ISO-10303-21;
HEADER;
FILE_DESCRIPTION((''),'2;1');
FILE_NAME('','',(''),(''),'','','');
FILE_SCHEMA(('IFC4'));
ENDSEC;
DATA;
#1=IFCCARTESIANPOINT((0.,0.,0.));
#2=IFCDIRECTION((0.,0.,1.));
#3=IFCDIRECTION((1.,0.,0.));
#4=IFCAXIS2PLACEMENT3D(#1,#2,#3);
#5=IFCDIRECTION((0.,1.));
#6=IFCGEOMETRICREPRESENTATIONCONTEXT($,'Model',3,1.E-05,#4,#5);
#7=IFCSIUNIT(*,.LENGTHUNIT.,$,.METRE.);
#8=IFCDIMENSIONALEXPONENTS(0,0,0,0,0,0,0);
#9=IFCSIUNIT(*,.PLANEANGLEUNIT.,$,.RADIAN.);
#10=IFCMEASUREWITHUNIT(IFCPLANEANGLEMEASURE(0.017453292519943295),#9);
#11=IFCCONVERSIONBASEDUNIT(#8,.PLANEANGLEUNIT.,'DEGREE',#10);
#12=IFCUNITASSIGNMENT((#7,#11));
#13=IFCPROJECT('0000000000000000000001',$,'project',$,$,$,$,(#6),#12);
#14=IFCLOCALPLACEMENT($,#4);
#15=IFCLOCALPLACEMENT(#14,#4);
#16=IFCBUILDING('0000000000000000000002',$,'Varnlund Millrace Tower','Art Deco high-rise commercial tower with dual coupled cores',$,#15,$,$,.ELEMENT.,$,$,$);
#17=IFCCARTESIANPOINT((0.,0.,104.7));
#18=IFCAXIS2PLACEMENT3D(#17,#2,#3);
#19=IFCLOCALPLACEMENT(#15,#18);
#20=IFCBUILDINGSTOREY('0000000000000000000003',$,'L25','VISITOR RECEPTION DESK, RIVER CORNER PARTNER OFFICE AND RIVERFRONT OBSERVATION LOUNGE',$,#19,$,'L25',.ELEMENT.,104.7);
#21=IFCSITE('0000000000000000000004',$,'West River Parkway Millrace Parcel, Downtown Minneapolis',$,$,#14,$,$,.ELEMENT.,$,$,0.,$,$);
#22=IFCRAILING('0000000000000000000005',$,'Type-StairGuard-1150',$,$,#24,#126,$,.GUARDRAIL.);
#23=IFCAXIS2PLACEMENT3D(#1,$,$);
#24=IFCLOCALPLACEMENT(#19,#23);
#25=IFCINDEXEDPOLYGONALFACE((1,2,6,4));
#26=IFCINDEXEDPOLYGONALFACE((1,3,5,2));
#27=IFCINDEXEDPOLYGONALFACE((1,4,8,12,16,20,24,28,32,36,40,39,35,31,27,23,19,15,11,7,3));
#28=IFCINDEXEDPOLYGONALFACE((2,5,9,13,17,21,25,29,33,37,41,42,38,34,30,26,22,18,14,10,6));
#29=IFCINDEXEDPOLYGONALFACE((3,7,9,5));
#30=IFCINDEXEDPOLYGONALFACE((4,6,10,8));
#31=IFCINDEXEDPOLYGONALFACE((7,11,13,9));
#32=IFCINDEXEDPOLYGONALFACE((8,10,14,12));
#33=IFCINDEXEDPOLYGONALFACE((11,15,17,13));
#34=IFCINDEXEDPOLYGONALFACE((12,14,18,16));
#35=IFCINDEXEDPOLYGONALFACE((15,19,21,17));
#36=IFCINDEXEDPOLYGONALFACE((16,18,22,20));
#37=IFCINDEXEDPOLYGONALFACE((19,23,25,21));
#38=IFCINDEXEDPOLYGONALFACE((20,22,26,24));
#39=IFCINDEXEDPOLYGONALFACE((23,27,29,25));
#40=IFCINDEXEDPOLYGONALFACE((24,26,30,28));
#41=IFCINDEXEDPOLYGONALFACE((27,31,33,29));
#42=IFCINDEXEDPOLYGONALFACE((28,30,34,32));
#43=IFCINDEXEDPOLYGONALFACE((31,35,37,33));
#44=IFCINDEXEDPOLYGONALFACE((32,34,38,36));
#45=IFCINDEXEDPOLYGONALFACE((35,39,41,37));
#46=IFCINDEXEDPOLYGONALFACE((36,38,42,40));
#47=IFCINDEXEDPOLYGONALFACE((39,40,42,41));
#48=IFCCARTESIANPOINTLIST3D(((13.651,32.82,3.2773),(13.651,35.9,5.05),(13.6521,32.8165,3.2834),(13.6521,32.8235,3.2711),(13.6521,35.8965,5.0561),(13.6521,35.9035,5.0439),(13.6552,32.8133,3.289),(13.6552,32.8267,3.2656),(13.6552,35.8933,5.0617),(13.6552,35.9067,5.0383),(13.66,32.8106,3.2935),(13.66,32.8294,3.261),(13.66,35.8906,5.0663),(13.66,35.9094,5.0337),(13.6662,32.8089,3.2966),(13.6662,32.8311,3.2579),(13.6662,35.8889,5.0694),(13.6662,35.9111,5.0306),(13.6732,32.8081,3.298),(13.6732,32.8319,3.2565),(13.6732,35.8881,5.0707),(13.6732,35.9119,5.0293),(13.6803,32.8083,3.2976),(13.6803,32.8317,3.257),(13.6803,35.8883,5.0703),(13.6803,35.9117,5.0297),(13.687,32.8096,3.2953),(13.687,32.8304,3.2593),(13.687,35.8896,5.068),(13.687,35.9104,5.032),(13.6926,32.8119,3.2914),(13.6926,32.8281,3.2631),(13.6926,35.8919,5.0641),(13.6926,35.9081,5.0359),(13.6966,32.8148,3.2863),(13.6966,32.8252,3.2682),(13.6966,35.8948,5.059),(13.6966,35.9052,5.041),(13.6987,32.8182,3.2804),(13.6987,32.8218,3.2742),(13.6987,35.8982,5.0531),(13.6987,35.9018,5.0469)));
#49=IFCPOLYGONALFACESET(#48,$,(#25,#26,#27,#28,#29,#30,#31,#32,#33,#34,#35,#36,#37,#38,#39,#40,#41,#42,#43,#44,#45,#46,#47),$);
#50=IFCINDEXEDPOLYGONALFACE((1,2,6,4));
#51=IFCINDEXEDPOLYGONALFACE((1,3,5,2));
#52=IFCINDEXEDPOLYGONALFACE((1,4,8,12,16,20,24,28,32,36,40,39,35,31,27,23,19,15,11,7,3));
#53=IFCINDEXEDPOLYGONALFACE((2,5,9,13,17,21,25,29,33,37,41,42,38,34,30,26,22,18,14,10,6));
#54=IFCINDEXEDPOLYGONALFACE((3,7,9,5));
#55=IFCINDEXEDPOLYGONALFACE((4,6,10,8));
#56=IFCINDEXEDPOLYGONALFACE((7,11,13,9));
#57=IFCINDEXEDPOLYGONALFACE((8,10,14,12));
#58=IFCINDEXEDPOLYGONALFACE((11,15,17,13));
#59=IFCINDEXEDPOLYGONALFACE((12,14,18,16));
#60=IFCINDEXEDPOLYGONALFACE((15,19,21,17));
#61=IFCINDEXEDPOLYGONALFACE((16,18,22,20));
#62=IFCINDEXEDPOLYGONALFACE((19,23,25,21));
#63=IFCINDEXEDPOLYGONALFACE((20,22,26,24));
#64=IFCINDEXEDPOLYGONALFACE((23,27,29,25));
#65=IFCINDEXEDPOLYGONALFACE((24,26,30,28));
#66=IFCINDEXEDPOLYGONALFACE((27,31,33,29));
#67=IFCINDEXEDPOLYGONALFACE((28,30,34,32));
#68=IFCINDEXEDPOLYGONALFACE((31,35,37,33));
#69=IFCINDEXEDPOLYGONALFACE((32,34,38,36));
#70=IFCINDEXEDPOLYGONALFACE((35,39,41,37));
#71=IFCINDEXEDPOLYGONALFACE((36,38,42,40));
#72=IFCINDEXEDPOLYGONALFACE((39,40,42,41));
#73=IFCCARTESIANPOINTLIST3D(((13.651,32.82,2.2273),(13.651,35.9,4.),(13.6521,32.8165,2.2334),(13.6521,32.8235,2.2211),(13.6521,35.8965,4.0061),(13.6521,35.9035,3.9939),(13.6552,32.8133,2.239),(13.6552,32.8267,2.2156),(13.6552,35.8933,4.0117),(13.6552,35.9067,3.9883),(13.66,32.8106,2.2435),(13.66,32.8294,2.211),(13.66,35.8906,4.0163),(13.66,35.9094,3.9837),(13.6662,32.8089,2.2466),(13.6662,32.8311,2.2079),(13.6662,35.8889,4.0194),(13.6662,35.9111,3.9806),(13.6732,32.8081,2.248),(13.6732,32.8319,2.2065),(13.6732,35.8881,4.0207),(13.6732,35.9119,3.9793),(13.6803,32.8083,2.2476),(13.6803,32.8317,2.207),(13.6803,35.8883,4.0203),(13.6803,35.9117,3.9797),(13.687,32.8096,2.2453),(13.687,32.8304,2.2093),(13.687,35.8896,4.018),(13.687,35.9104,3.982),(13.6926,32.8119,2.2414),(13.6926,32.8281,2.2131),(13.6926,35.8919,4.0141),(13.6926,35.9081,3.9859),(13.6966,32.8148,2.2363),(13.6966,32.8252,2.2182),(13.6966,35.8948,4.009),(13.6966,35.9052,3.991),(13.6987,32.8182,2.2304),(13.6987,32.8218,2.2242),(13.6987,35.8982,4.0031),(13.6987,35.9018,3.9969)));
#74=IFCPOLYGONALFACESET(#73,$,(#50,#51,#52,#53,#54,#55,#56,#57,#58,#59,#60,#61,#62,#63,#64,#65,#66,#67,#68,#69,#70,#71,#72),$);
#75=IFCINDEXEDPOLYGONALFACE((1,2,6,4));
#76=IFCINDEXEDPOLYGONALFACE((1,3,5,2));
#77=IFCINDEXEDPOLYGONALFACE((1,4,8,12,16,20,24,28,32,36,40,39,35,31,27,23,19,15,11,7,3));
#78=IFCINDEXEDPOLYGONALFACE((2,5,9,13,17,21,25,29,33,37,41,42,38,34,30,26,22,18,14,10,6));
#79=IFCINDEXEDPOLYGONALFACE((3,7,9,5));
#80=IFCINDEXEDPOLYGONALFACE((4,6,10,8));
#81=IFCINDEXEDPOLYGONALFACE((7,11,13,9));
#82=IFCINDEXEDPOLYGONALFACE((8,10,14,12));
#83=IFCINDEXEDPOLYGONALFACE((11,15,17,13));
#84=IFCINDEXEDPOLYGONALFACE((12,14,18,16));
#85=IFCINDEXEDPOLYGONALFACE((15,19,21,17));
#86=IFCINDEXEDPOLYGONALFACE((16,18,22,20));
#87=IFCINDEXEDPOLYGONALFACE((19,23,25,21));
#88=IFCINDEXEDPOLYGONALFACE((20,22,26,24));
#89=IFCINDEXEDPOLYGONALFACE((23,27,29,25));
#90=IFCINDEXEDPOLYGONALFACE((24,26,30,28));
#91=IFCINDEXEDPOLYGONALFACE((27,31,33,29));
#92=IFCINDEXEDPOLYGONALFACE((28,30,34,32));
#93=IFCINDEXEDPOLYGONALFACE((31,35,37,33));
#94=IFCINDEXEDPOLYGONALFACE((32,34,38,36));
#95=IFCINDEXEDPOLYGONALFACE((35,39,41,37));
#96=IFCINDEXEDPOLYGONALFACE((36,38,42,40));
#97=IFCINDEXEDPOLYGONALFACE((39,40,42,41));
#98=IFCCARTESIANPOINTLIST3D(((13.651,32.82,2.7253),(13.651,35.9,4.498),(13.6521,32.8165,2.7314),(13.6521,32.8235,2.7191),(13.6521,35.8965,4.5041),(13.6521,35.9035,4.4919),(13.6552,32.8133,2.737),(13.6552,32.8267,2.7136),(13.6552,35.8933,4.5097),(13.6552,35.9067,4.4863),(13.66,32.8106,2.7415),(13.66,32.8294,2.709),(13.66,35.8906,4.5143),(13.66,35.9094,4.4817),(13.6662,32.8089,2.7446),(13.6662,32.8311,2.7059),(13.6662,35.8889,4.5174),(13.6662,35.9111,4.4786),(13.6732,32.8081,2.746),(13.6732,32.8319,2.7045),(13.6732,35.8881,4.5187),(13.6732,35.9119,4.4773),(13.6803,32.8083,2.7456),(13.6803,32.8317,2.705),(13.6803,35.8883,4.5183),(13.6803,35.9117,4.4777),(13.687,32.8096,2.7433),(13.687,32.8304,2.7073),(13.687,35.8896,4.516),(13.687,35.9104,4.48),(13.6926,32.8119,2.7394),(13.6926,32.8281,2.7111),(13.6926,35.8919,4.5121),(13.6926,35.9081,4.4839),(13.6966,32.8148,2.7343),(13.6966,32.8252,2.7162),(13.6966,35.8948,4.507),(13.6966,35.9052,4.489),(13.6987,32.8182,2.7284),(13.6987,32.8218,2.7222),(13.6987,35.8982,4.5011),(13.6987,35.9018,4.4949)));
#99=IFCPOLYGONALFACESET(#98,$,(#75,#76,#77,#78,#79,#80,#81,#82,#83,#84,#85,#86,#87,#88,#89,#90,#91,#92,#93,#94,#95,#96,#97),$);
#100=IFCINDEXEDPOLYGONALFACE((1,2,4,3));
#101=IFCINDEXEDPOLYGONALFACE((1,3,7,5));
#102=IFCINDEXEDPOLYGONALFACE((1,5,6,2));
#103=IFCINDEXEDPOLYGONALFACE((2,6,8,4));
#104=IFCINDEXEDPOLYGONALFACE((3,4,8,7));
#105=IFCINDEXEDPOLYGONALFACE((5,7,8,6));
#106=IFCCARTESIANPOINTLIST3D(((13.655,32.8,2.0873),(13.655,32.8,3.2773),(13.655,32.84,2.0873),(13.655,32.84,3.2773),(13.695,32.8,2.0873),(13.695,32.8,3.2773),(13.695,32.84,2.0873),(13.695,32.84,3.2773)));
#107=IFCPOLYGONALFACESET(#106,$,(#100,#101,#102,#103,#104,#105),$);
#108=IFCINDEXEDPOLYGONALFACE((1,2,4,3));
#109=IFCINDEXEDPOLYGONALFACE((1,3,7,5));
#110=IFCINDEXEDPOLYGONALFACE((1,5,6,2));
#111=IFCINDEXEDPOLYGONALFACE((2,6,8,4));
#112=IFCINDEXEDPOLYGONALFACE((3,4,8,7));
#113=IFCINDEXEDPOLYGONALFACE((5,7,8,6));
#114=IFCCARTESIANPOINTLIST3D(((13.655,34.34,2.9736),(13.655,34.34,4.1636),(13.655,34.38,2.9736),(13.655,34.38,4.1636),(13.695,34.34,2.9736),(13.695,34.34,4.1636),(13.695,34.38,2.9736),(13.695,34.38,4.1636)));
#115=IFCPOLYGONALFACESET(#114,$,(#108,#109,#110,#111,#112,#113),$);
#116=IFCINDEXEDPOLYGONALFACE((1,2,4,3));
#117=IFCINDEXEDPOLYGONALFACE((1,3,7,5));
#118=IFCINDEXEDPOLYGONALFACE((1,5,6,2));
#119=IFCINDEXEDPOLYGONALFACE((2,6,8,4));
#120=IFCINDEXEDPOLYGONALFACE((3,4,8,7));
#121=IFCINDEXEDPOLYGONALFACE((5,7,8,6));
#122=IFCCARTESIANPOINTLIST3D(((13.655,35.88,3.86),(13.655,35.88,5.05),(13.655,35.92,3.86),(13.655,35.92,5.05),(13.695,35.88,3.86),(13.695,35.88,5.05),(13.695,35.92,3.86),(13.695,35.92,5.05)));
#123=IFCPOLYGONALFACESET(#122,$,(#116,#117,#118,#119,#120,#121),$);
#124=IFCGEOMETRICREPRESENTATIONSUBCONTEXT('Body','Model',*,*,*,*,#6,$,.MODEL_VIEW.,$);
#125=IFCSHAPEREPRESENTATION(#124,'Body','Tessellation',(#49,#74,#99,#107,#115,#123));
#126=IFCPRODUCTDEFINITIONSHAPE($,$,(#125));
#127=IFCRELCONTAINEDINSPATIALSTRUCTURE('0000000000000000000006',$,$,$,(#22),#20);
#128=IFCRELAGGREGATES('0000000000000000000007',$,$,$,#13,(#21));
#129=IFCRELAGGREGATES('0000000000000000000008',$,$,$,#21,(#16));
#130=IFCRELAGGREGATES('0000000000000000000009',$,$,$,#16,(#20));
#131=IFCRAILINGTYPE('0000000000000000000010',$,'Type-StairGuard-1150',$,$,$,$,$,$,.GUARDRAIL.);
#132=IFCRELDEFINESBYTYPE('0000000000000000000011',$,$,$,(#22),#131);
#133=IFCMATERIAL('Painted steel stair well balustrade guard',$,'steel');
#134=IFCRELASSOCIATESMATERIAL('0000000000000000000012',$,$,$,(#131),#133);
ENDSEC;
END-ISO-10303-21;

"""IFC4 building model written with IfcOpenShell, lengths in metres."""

from ifc_helpers import new_model, entity, si_unit, converted_unit, direction, frame, origin_with_axes, origin_2d_with_axis, place, context, subcontext, project, spatial, rectangle, circle, extrude, material, type_object, element, save


model = new_model("IFC4")

# Units and contexts
model_context = context("Model", 3, precision=1e-05, world=origin_with_axes(), true_north=direction((0.0, 1.0)))
body_context = subcontext(model_context, "Body", "Model", "MODEL_VIEW")
ifc_project = project(units=[si_unit("LENGTHUNIT", "METRE"), converted_unit("PLANEANGLEUNIT", "DEGREE", entity("IfcPlaneAngleMeasure", 0.017453292519943295), si_unit("PLANEANGLEUNIT", "RADIAN"), dimensions=[0, 0, 0, 0, 0, 0, 0])], contexts=[model_context])

# Site, building, storey
site_placement = place(None, origin_with_axes())
site = spatial("IfcSite", under=ifc_project, at=site_placement, Name="West River Parkway Millrace Parcel, Downtown Minneapolis", CompositionType="ELEMENT", RefElevation=0.0)
building_placement = place(site_placement, origin_with_axes())
building = spatial("IfcBuilding", under=site, at=building_placement, Name="Varnlund Millrace Tower", Description="Art Deco high-rise commercial tower with dual coupled cores", CompositionType="ELEMENT")
storey_placement = place(building_placement, frame((0.0, 0.0, 104.7), z_axis=(0.0, 0.0, 1.0), x_axis=(1.0, 0.0, 0.0)))
storey = spatial("IfcBuildingStorey", under=building, at=storey_placement, Name="L25", Description="VISITOR RECEPTION DESK, RIVER CORNER PARTNER OFFICE AND RIVERFRONT OBSERVATION LOUNGE", LongName="L25", CompositionType="ELEMENT", Elevation=104.7)

# Railing
ifc_material_1 = material(Name="Painted steel stair well balustrade guard", Category="steel")
railing_type_1 = type_object("IfcRailingType", Name="Type-StairGuard-1150", PredefinedType="GUARDRAIL", material=ifc_material_1)
railing_1_placement = place(storey_placement, frame((0.0, 0.0, -104.7), z_axis=(0.0, 0.0, 1.0), x_axis=(1.0, 0.0, 0.0)))
element("IfcRailing", 1, at=railing_1_placement, inside=storey, type_object=railing_type_1, Name="Type-StairGuard-1150", PredefinedType="GUARDRAIL", context=body_context, shape_type="SweptSolid", body=[
    extrude(circle(Radius=0.024, at=origin_2d_with_axis()), frame((13.675, 32.82, 107.9773), z_axis=(0.0, 0.866696, 0.498836), x_axis=(-1.0, 0.0, 0.0)), (0.0, 0.0, 1.0), 3.5537),
    extrude(circle(Radius=0.024, at=origin_2d_with_axis()), frame((13.675, 32.82, 106.9273), z_axis=(0.0, 0.866696, 0.498836), x_axis=(-1.0, 0.0, 0.0)), (0.0, 0.0, 1.0), 3.5537),
    extrude(circle(Radius=0.024, at=origin_2d_with_axis()), frame((13.675, 32.82, 107.4253), z_axis=(0.0, 0.866696, 0.498836), x_axis=(-1.0, 0.0, 0.0)), (0.0, 0.0, 1.0), 3.5537),
    extrude(rectangle(XDim=0.04, YDim=0.04, at=origin_2d_with_axis()), frame((13.675, 32.82, 106.7873), z_axis=(0.0, 0.0, 1.0), x_axis=(1.0, 0.0, 0.0)), (0.0, 0.0, 1.0), 1.19),
    extrude(rectangle(XDim=0.04, YDim=0.04, at=origin_2d_with_axis()), frame((13.675, 34.36, 107.6736), z_axis=(0.0, 0.0, 1.0), x_axis=(1.0, 0.0, 0.0)), (0.0, 0.0, 1.0), 1.19),
    extrude(rectangle(XDim=0.04, YDim=0.04, at=origin_2d_with_axis()), frame((13.675, 35.9, 108.56), z_axis=(0.0, 0.0, 1.0), x_axis=(1.0, 0.0, 0.0)), (0.0, 0.0, 1.0), 1.19),
])

save(model, "model.ifc")
